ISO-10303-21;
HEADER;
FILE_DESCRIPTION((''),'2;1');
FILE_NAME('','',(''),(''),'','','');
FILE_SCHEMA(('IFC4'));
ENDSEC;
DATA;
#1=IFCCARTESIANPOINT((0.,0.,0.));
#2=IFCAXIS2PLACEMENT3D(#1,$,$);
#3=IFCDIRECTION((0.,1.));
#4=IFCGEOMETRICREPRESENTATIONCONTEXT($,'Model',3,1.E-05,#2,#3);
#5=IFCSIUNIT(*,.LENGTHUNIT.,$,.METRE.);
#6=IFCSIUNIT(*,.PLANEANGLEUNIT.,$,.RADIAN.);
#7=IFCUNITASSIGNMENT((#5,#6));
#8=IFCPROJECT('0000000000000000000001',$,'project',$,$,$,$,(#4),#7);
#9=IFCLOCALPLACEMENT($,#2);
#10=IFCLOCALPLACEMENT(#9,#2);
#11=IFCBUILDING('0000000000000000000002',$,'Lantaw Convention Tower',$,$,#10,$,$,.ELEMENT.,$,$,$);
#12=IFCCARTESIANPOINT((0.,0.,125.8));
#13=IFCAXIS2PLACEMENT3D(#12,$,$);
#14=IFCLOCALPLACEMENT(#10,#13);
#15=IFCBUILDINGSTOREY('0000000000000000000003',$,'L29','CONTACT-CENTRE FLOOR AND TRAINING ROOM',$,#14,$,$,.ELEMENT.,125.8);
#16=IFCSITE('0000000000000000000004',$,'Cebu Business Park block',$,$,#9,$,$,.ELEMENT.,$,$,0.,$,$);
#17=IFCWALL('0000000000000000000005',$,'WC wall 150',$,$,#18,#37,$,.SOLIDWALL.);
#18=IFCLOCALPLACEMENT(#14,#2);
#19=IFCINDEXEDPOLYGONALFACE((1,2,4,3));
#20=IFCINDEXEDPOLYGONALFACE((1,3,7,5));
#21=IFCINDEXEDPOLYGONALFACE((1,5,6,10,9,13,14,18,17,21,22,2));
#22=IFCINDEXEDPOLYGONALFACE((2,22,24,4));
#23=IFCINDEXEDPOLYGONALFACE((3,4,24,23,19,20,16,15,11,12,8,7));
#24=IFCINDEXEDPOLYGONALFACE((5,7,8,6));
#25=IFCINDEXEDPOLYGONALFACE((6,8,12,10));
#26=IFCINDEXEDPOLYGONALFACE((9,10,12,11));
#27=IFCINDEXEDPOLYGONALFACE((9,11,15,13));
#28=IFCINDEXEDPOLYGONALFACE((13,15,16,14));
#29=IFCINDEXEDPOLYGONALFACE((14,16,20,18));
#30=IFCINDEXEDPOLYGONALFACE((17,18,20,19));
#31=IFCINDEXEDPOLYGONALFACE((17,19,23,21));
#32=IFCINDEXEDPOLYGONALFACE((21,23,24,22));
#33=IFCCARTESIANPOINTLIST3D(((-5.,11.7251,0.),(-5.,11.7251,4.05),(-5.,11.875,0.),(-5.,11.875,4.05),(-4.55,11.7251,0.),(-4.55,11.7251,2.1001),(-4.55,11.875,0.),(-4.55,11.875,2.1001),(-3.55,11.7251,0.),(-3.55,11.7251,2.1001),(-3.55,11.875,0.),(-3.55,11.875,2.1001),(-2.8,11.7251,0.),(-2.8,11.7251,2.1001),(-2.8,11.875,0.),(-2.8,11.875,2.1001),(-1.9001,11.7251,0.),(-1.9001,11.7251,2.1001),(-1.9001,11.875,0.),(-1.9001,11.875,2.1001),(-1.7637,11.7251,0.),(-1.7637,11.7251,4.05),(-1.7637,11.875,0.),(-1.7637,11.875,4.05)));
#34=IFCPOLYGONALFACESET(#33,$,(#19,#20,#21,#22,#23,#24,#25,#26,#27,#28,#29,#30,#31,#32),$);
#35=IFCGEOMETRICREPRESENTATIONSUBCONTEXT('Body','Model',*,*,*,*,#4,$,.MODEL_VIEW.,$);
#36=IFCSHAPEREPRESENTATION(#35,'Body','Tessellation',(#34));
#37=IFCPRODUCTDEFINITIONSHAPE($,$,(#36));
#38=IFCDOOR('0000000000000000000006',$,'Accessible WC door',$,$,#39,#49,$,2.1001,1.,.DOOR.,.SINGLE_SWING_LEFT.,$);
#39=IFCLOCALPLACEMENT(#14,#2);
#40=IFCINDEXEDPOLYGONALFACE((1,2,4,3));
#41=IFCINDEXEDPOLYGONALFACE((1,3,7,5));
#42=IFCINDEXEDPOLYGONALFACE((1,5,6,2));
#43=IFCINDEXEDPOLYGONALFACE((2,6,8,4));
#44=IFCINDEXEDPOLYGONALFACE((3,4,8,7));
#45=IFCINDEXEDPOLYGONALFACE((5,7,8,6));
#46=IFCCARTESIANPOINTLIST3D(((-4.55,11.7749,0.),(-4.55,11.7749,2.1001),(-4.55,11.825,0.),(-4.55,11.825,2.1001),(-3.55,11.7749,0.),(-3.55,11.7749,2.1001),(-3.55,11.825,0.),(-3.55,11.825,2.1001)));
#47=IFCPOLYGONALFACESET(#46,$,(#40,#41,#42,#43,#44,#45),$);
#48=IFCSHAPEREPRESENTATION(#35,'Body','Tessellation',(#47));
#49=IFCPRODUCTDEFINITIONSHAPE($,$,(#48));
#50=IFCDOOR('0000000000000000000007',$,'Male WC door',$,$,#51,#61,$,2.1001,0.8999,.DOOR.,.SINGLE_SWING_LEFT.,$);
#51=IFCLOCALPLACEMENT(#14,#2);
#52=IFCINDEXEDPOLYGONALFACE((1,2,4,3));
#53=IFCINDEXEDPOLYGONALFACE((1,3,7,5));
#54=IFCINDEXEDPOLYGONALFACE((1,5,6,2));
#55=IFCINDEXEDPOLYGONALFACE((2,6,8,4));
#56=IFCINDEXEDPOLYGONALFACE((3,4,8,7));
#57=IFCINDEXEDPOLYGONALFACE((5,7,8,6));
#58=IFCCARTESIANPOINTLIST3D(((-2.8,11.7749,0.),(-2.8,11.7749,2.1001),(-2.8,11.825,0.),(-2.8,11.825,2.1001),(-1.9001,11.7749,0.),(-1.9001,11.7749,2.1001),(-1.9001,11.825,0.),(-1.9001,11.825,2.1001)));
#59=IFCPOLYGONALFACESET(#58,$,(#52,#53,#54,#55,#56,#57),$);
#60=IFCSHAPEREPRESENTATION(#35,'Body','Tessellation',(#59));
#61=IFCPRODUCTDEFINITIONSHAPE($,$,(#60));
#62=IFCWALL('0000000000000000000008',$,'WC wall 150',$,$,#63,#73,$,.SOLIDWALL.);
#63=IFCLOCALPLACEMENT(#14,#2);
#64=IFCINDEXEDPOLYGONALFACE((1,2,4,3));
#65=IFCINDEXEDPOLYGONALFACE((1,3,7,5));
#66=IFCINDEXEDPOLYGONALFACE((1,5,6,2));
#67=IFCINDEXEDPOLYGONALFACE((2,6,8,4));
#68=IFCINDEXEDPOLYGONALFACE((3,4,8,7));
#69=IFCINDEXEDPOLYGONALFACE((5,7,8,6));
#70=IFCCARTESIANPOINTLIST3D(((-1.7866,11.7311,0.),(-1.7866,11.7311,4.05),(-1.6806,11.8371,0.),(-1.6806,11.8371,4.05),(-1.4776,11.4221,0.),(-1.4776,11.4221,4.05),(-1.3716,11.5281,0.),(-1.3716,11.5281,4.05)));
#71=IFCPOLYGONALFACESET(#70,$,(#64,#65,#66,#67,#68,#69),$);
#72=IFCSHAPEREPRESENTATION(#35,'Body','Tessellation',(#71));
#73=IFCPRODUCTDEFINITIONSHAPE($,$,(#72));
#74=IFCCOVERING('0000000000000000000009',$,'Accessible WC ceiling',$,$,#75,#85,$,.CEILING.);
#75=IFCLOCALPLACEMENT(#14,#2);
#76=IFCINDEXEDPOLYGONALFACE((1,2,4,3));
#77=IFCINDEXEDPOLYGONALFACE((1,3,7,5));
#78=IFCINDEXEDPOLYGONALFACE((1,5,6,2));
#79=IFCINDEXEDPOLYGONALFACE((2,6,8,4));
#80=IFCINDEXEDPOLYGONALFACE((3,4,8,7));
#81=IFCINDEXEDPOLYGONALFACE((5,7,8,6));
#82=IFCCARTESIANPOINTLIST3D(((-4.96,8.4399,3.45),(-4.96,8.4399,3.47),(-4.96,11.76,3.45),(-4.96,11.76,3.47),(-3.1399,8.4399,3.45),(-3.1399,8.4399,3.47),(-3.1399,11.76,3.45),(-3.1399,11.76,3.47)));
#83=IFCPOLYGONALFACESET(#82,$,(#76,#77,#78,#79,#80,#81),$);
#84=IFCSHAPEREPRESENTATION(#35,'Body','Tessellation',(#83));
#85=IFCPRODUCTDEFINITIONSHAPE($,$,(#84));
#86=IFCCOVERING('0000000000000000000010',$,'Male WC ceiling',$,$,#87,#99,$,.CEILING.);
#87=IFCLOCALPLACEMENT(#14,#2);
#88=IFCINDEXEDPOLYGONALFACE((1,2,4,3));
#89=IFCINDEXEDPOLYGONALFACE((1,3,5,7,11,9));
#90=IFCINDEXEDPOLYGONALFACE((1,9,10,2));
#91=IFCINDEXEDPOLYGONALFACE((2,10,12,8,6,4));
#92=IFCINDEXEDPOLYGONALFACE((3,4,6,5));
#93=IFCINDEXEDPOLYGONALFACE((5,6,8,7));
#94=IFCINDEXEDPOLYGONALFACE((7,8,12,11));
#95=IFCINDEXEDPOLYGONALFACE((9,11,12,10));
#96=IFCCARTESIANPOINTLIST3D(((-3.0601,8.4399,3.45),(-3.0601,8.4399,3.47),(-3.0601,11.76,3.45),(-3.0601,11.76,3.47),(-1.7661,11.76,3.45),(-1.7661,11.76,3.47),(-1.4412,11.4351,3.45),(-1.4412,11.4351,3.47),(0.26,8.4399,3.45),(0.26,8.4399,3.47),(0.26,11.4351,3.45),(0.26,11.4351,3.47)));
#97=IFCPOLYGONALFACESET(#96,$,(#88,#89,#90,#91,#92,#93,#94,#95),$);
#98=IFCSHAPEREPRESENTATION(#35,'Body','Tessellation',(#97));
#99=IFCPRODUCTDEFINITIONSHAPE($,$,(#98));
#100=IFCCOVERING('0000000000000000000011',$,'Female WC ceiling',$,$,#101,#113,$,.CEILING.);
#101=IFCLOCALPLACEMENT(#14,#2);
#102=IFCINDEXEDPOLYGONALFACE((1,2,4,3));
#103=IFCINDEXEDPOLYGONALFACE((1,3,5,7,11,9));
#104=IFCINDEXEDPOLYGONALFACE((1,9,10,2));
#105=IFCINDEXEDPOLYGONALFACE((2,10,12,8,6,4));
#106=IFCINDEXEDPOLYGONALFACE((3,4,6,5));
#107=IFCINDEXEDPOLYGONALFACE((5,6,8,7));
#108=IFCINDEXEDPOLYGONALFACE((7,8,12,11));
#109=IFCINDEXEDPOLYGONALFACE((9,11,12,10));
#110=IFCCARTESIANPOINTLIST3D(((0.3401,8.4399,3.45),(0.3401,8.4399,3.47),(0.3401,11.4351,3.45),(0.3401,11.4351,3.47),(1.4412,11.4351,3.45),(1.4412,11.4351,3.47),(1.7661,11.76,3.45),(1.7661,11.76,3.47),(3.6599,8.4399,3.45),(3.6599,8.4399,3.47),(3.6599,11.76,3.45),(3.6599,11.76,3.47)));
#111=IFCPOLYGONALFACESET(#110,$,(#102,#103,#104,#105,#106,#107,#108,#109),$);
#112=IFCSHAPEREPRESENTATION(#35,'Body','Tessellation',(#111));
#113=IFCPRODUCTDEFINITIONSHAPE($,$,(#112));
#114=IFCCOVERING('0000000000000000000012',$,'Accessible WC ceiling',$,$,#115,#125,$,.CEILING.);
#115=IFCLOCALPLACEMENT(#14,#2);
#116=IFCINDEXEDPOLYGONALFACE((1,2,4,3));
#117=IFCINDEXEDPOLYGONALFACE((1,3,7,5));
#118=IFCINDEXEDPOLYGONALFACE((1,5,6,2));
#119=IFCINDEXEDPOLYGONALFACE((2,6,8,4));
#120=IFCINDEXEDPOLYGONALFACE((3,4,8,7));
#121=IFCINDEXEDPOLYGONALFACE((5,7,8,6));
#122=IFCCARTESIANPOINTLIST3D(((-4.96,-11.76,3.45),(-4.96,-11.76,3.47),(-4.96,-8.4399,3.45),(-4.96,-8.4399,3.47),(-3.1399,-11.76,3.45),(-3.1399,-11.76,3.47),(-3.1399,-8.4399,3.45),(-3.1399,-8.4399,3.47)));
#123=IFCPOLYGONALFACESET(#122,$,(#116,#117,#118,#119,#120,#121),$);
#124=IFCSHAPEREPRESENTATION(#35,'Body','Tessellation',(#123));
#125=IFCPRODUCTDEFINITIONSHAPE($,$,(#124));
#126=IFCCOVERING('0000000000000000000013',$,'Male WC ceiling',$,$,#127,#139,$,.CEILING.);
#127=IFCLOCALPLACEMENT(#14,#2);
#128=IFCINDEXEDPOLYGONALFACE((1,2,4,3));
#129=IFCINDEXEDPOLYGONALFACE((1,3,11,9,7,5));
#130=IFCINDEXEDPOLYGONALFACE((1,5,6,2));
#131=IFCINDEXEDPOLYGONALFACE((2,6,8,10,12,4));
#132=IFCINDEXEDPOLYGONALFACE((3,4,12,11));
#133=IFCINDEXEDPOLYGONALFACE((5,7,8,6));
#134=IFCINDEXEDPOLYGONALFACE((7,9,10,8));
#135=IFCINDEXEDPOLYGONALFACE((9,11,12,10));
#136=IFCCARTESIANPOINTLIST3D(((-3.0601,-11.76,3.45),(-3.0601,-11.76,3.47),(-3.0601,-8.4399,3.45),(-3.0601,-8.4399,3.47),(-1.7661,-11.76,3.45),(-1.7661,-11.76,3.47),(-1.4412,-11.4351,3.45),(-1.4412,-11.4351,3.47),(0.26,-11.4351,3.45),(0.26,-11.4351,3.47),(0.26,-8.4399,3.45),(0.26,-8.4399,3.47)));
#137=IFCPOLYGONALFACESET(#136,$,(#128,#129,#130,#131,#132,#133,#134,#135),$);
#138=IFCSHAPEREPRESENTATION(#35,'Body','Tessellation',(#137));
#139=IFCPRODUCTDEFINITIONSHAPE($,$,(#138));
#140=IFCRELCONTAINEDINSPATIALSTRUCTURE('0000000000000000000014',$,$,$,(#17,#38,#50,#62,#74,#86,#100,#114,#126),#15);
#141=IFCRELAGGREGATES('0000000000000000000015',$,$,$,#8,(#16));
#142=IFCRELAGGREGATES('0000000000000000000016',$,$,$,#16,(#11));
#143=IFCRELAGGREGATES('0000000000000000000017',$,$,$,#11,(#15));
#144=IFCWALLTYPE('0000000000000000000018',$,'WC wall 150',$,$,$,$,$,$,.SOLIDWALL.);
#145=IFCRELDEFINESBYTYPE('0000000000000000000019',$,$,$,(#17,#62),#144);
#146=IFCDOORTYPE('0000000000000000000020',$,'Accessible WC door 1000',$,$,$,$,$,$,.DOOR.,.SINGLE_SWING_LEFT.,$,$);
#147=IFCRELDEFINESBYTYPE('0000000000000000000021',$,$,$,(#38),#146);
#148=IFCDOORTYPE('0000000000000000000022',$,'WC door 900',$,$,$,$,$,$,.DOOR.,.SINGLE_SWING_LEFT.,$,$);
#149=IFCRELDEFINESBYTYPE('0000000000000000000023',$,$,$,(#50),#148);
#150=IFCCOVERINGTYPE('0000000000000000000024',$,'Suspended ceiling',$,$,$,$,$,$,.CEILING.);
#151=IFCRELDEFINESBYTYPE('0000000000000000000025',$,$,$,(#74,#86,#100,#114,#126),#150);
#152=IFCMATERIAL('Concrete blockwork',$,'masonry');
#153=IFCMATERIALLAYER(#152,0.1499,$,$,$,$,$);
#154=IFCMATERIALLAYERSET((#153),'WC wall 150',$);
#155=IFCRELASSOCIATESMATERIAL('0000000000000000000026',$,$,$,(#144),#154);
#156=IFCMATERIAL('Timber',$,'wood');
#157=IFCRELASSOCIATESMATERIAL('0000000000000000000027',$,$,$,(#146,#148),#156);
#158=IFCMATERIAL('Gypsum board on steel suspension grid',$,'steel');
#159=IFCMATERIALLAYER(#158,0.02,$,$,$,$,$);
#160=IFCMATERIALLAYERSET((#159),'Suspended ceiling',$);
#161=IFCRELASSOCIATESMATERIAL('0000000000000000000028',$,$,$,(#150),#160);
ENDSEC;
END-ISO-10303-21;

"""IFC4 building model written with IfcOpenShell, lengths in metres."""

from ifc_helpers import new_model, si_unit, direction, frame, frame_2d, origin, place, context, subcontext, project, spatial, polyline, rectangle, outline, extrude, material, layer, layer_set, type_object, element, fill, save


model = new_model("IFC4")

# Units and contexts
model_context = context("Model", 3, precision=1e-05, world=origin(), true_north=direction((0.0, 1.0)))
body_context = subcontext(model_context, "Body", "Model", "MODEL_VIEW")
ifc_project = project(units=[si_unit("LENGTHUNIT", "METRE"), si_unit("PLANEANGLEUNIT", "RADIAN")], contexts=[model_context])

# Site, building, storey
site_placement = place(None, origin())
site = spatial("IfcSite", under=ifc_project, at=site_placement, Name="Cebu Business Park block", CompositionType="ELEMENT", RefElevation=0.0)
building_placement = place(site_placement, origin())
building = spatial("IfcBuilding", under=site, at=building_placement, Name="Lantaw Convention Tower", CompositionType="ELEMENT")
storey_placement = place(building_placement, frame((0.0, 0.0, 125.8)))
storey = spatial("IfcBuildingStorey", under=building, at=storey_placement, Name="L29", Description="CONTACT-CENTRE FLOOR AND TRAINING ROOM", CompositionType="ELEMENT", Elevation=125.8)

# Shared definitions
ifc_material_1 = material(Name="Concrete blockwork", Category="masonry")
ifc_layer_1 = layer(ifc_material_1, 0.1499)
ifc_layer_set_1 = layer_set([ifc_layer_1], Name="WC wall 150")
wall_type_1 = type_object("IfcWallType", Name="WC wall 150", PredefinedType="SOLIDWALL", material=ifc_layer_set_1)

# Wall, openings, doors
wall_1_placement = place(storey_placement, frame((-5.0, 11.8, 0.0), z_axis=(0.0, 0.0, 1.0), x_axis=(1.0, 0.0, 0.0)))
wall_1 = element("IfcWall", 1, at=wall_1_placement, inside=storey, type_object=wall_type_1, Name="WC wall 150", PredefinedType="SOLIDWALL", context=body_context, shape_type="SweptSolid", body=[
    extrude(rectangle(XDim=3.2363, YDim=0.1499, at=frame_2d((1.6182, 0.0))), origin(), (0.0, 0.0, 1.0), 4.05),
])
opening_1_placement = place(wall_1_placement, frame((0.45, 0.0, 0.0)))
opening_1 = element("IfcOpeningElement", 2, at=opening_1_placement, cuts=wall_1, PredefinedType="OPENING", context=body_context, shape_type="SweptSolid", body=[
    extrude(rectangle(XDim=1.0, YDim=2.1001, at=frame_2d((0.5, 1.05))), frame((0.0, 0.085, 0.0), z_axis=(0.0, -1.0, 0.0), x_axis=(1.0, 0.0, 0.0)), (0.0, 0.0, 1.0), 0.1699),
])
opening_2_placement = place(wall_1_placement, frame((2.2, 0.0, 0.0)))
opening_2 = element("IfcOpeningElement", 3, at=opening_2_placement, cuts=wall_1, PredefinedType="OPENING", context=body_context, shape_type="SweptSolid", body=[
    extrude(rectangle(XDim=0.8999, YDim=2.1001, at=frame_2d((0.45, 1.05))), frame((0.0, 0.085, 0.0), z_axis=(0.0, -1.0, 0.0), x_axis=(1.0, 0.0, 0.0)), (0.0, 0.0, 1.0), 0.1699),
])
ifc_material_2 = material(Name="Timber", Category="wood")
door_type_1 = type_object("IfcDoorType", Name="Accessible WC door 1000", OperationType="SINGLE_SWING_LEFT", PredefinedType="DOOR", material=ifc_material_2)
door_1_placement = place(opening_1_placement, origin())
door_1 = element("IfcDoor", 4, at=door_1_placement, inside=storey, type_object=door_type_1, Name="Accessible WC door", OperationType="SINGLE_SWING_LEFT", OverallHeight=2.1001, OverallWidth=1.0, PredefinedType="DOOR", context=body_context, shape_type="SweptSolid", body=[
    extrude(rectangle(XDim=1.0, YDim=2.1001, at=frame_2d((0.5, 1.05))), frame((0.0, 0.0249, 0.0), z_axis=(0.0, -1.0, 0.0), x_axis=(1.0, 0.0, 0.0)), (0.0, 0.0, 1.0), 0.05),
])
fill(opening_1, door_1)
door_type_2 = type_object("IfcDoorType", Name="WC door 900", OperationType="SINGLE_SWING_LEFT", PredefinedType="DOOR", material=ifc_material_2)
door_2_placement = place(opening_2_placement, origin())
door_2 = element("IfcDoor", 5, at=door_2_placement, inside=storey, type_object=door_type_2, Name="Male WC door", OperationType="SINGLE_SWING_LEFT", OverallHeight=2.1001, OverallWidth=0.8999, PredefinedType="DOOR", context=body_context, shape_type="SweptSolid", body=[
    extrude(rectangle(XDim=0.8999, YDim=2.1001, at=frame_2d((0.45, 1.05))), frame((0.0, 0.0249, 0.0), z_axis=(0.0, -1.0, 0.0), x_axis=(1.0, 0.0, 0.0)), (0.0, 0.0, 1.0), 0.05),
])
fill(opening_2, door_2)

# Wall
wall_2_placement = place(storey_placement, frame((-1.4246, 11.4751, 0.0), z_axis=(0.0, 0.0, 1.0), x_axis=(-0.707107, 0.707107, 0.0)))
element("IfcWall", 6, at=wall_2_placement, inside=storey, type_object=wall_type_1, Name="WC wall 150", PredefinedType="SOLIDWALL", context=body_context, shape_type="SweptSolid", body=[
    extrude(rectangle(XDim=0.437, YDim=0.1499, at=frame_2d((0.2185, 0.0))), origin(), (0.0, 0.0, 1.0), 4.05),
])

# Coverings
ifc_material_3 = material(Name="Gypsum board on steel suspension grid", Category="steel")
ifc_layer_2 = layer(ifc_material_3, 0.02)
ifc_layer_set_2 = layer_set([ifc_layer_2], Name="Suspended ceiling")
covering_type = type_object("IfcCoveringType", Name="Suspended ceiling", PredefinedType="CEILING", material=ifc_layer_set_2)
covering_1_placement = place(storey_placement, frame((0.0, 0.0, 3.45)))
element("IfcCovering", 7, at=covering_1_placement, inside=storey, type_object=covering_type, Name="Accessible WC ceiling", PredefinedType="CEILING", context=body_context, shape_type="SweptSolid", body=[
    extrude(outline(polyline([(-4.96, 8.4399), (-3.1399, 8.4399), (-3.1399, 11.76), (-4.96, 11.76), (-4.96, 8.4399)])), origin(), (0.0, 0.0, 1.0), 0.02),
])
covering_2_placement = place(storey_placement, frame((0.0, 0.0, 3.45)))
element("IfcCovering", 8, at=covering_2_placement, inside=storey, type_object=covering_type, Name="Male WC ceiling", PredefinedType="CEILING", context=body_context, shape_type="SweptSolid", body=[
    extrude(outline(polyline([(-3.0601, 11.76), (-3.0601, 8.4399), (0.26, 8.4399), (0.26, 11.4351), (-1.4412, 11.4351), (-1.7661, 11.76), (-3.0601, 11.76)])), origin(), (0.0, 0.0, 1.0), 0.02),
])
covering_3_placement = place(storey_placement, frame((0.0, 0.0, 3.45)))
element("IfcCovering", 9, at=covering_3_placement, inside=storey, type_object=covering_type, Name="Female WC ceiling", PredefinedType="CEILING", context=body_context, shape_type="SweptSolid", body=[
    extrude(outline(polyline([(0.3401, 11.4351), (0.3401, 8.4399), (3.6599, 8.4399), (3.6599, 11.76), (1.7661, 11.76), (1.4412, 11.4351), (0.3401, 11.4351)])), origin(), (0.0, 0.0, 1.0), 0.02),
])
covering_4_placement = place(storey_placement, frame((0.0, 0.0, 3.45)))
element("IfcCovering", 10, at=covering_4_placement, inside=storey, type_object=covering_type, Name="Accessible WC ceiling", PredefinedType="CEILING", context=body_context, shape_type="SweptSolid", body=[
    extrude(outline(polyline([(-4.96, -11.76), (-3.1399, -11.76), (-3.1399, -8.4399), (-4.96, -8.4399), (-4.96, -11.76)])), origin(), (0.0, 0.0, 1.0), 0.02),
])
covering_5_placement = place(storey_placement, frame((0.0, 0.0, 3.45)))
element("IfcCovering", 11, at=covering_5_placement, inside=storey, type_object=covering_type, Name="Male WC ceiling", PredefinedType="CEILING", context=body_context, shape_type="SweptSolid", body=[
    extrude(outline(polyline([(-3.0601, -8.4399), (-3.0601, -11.76), (-1.7661, -11.76), (-1.4412, -11.4351), (0.26, -11.4351), (0.26, -8.4399), (-3.0601, -8.4399)])), origin(), (0.0, 0.0, 1.0), 0.02),
])

save(model, "model.ifc")
